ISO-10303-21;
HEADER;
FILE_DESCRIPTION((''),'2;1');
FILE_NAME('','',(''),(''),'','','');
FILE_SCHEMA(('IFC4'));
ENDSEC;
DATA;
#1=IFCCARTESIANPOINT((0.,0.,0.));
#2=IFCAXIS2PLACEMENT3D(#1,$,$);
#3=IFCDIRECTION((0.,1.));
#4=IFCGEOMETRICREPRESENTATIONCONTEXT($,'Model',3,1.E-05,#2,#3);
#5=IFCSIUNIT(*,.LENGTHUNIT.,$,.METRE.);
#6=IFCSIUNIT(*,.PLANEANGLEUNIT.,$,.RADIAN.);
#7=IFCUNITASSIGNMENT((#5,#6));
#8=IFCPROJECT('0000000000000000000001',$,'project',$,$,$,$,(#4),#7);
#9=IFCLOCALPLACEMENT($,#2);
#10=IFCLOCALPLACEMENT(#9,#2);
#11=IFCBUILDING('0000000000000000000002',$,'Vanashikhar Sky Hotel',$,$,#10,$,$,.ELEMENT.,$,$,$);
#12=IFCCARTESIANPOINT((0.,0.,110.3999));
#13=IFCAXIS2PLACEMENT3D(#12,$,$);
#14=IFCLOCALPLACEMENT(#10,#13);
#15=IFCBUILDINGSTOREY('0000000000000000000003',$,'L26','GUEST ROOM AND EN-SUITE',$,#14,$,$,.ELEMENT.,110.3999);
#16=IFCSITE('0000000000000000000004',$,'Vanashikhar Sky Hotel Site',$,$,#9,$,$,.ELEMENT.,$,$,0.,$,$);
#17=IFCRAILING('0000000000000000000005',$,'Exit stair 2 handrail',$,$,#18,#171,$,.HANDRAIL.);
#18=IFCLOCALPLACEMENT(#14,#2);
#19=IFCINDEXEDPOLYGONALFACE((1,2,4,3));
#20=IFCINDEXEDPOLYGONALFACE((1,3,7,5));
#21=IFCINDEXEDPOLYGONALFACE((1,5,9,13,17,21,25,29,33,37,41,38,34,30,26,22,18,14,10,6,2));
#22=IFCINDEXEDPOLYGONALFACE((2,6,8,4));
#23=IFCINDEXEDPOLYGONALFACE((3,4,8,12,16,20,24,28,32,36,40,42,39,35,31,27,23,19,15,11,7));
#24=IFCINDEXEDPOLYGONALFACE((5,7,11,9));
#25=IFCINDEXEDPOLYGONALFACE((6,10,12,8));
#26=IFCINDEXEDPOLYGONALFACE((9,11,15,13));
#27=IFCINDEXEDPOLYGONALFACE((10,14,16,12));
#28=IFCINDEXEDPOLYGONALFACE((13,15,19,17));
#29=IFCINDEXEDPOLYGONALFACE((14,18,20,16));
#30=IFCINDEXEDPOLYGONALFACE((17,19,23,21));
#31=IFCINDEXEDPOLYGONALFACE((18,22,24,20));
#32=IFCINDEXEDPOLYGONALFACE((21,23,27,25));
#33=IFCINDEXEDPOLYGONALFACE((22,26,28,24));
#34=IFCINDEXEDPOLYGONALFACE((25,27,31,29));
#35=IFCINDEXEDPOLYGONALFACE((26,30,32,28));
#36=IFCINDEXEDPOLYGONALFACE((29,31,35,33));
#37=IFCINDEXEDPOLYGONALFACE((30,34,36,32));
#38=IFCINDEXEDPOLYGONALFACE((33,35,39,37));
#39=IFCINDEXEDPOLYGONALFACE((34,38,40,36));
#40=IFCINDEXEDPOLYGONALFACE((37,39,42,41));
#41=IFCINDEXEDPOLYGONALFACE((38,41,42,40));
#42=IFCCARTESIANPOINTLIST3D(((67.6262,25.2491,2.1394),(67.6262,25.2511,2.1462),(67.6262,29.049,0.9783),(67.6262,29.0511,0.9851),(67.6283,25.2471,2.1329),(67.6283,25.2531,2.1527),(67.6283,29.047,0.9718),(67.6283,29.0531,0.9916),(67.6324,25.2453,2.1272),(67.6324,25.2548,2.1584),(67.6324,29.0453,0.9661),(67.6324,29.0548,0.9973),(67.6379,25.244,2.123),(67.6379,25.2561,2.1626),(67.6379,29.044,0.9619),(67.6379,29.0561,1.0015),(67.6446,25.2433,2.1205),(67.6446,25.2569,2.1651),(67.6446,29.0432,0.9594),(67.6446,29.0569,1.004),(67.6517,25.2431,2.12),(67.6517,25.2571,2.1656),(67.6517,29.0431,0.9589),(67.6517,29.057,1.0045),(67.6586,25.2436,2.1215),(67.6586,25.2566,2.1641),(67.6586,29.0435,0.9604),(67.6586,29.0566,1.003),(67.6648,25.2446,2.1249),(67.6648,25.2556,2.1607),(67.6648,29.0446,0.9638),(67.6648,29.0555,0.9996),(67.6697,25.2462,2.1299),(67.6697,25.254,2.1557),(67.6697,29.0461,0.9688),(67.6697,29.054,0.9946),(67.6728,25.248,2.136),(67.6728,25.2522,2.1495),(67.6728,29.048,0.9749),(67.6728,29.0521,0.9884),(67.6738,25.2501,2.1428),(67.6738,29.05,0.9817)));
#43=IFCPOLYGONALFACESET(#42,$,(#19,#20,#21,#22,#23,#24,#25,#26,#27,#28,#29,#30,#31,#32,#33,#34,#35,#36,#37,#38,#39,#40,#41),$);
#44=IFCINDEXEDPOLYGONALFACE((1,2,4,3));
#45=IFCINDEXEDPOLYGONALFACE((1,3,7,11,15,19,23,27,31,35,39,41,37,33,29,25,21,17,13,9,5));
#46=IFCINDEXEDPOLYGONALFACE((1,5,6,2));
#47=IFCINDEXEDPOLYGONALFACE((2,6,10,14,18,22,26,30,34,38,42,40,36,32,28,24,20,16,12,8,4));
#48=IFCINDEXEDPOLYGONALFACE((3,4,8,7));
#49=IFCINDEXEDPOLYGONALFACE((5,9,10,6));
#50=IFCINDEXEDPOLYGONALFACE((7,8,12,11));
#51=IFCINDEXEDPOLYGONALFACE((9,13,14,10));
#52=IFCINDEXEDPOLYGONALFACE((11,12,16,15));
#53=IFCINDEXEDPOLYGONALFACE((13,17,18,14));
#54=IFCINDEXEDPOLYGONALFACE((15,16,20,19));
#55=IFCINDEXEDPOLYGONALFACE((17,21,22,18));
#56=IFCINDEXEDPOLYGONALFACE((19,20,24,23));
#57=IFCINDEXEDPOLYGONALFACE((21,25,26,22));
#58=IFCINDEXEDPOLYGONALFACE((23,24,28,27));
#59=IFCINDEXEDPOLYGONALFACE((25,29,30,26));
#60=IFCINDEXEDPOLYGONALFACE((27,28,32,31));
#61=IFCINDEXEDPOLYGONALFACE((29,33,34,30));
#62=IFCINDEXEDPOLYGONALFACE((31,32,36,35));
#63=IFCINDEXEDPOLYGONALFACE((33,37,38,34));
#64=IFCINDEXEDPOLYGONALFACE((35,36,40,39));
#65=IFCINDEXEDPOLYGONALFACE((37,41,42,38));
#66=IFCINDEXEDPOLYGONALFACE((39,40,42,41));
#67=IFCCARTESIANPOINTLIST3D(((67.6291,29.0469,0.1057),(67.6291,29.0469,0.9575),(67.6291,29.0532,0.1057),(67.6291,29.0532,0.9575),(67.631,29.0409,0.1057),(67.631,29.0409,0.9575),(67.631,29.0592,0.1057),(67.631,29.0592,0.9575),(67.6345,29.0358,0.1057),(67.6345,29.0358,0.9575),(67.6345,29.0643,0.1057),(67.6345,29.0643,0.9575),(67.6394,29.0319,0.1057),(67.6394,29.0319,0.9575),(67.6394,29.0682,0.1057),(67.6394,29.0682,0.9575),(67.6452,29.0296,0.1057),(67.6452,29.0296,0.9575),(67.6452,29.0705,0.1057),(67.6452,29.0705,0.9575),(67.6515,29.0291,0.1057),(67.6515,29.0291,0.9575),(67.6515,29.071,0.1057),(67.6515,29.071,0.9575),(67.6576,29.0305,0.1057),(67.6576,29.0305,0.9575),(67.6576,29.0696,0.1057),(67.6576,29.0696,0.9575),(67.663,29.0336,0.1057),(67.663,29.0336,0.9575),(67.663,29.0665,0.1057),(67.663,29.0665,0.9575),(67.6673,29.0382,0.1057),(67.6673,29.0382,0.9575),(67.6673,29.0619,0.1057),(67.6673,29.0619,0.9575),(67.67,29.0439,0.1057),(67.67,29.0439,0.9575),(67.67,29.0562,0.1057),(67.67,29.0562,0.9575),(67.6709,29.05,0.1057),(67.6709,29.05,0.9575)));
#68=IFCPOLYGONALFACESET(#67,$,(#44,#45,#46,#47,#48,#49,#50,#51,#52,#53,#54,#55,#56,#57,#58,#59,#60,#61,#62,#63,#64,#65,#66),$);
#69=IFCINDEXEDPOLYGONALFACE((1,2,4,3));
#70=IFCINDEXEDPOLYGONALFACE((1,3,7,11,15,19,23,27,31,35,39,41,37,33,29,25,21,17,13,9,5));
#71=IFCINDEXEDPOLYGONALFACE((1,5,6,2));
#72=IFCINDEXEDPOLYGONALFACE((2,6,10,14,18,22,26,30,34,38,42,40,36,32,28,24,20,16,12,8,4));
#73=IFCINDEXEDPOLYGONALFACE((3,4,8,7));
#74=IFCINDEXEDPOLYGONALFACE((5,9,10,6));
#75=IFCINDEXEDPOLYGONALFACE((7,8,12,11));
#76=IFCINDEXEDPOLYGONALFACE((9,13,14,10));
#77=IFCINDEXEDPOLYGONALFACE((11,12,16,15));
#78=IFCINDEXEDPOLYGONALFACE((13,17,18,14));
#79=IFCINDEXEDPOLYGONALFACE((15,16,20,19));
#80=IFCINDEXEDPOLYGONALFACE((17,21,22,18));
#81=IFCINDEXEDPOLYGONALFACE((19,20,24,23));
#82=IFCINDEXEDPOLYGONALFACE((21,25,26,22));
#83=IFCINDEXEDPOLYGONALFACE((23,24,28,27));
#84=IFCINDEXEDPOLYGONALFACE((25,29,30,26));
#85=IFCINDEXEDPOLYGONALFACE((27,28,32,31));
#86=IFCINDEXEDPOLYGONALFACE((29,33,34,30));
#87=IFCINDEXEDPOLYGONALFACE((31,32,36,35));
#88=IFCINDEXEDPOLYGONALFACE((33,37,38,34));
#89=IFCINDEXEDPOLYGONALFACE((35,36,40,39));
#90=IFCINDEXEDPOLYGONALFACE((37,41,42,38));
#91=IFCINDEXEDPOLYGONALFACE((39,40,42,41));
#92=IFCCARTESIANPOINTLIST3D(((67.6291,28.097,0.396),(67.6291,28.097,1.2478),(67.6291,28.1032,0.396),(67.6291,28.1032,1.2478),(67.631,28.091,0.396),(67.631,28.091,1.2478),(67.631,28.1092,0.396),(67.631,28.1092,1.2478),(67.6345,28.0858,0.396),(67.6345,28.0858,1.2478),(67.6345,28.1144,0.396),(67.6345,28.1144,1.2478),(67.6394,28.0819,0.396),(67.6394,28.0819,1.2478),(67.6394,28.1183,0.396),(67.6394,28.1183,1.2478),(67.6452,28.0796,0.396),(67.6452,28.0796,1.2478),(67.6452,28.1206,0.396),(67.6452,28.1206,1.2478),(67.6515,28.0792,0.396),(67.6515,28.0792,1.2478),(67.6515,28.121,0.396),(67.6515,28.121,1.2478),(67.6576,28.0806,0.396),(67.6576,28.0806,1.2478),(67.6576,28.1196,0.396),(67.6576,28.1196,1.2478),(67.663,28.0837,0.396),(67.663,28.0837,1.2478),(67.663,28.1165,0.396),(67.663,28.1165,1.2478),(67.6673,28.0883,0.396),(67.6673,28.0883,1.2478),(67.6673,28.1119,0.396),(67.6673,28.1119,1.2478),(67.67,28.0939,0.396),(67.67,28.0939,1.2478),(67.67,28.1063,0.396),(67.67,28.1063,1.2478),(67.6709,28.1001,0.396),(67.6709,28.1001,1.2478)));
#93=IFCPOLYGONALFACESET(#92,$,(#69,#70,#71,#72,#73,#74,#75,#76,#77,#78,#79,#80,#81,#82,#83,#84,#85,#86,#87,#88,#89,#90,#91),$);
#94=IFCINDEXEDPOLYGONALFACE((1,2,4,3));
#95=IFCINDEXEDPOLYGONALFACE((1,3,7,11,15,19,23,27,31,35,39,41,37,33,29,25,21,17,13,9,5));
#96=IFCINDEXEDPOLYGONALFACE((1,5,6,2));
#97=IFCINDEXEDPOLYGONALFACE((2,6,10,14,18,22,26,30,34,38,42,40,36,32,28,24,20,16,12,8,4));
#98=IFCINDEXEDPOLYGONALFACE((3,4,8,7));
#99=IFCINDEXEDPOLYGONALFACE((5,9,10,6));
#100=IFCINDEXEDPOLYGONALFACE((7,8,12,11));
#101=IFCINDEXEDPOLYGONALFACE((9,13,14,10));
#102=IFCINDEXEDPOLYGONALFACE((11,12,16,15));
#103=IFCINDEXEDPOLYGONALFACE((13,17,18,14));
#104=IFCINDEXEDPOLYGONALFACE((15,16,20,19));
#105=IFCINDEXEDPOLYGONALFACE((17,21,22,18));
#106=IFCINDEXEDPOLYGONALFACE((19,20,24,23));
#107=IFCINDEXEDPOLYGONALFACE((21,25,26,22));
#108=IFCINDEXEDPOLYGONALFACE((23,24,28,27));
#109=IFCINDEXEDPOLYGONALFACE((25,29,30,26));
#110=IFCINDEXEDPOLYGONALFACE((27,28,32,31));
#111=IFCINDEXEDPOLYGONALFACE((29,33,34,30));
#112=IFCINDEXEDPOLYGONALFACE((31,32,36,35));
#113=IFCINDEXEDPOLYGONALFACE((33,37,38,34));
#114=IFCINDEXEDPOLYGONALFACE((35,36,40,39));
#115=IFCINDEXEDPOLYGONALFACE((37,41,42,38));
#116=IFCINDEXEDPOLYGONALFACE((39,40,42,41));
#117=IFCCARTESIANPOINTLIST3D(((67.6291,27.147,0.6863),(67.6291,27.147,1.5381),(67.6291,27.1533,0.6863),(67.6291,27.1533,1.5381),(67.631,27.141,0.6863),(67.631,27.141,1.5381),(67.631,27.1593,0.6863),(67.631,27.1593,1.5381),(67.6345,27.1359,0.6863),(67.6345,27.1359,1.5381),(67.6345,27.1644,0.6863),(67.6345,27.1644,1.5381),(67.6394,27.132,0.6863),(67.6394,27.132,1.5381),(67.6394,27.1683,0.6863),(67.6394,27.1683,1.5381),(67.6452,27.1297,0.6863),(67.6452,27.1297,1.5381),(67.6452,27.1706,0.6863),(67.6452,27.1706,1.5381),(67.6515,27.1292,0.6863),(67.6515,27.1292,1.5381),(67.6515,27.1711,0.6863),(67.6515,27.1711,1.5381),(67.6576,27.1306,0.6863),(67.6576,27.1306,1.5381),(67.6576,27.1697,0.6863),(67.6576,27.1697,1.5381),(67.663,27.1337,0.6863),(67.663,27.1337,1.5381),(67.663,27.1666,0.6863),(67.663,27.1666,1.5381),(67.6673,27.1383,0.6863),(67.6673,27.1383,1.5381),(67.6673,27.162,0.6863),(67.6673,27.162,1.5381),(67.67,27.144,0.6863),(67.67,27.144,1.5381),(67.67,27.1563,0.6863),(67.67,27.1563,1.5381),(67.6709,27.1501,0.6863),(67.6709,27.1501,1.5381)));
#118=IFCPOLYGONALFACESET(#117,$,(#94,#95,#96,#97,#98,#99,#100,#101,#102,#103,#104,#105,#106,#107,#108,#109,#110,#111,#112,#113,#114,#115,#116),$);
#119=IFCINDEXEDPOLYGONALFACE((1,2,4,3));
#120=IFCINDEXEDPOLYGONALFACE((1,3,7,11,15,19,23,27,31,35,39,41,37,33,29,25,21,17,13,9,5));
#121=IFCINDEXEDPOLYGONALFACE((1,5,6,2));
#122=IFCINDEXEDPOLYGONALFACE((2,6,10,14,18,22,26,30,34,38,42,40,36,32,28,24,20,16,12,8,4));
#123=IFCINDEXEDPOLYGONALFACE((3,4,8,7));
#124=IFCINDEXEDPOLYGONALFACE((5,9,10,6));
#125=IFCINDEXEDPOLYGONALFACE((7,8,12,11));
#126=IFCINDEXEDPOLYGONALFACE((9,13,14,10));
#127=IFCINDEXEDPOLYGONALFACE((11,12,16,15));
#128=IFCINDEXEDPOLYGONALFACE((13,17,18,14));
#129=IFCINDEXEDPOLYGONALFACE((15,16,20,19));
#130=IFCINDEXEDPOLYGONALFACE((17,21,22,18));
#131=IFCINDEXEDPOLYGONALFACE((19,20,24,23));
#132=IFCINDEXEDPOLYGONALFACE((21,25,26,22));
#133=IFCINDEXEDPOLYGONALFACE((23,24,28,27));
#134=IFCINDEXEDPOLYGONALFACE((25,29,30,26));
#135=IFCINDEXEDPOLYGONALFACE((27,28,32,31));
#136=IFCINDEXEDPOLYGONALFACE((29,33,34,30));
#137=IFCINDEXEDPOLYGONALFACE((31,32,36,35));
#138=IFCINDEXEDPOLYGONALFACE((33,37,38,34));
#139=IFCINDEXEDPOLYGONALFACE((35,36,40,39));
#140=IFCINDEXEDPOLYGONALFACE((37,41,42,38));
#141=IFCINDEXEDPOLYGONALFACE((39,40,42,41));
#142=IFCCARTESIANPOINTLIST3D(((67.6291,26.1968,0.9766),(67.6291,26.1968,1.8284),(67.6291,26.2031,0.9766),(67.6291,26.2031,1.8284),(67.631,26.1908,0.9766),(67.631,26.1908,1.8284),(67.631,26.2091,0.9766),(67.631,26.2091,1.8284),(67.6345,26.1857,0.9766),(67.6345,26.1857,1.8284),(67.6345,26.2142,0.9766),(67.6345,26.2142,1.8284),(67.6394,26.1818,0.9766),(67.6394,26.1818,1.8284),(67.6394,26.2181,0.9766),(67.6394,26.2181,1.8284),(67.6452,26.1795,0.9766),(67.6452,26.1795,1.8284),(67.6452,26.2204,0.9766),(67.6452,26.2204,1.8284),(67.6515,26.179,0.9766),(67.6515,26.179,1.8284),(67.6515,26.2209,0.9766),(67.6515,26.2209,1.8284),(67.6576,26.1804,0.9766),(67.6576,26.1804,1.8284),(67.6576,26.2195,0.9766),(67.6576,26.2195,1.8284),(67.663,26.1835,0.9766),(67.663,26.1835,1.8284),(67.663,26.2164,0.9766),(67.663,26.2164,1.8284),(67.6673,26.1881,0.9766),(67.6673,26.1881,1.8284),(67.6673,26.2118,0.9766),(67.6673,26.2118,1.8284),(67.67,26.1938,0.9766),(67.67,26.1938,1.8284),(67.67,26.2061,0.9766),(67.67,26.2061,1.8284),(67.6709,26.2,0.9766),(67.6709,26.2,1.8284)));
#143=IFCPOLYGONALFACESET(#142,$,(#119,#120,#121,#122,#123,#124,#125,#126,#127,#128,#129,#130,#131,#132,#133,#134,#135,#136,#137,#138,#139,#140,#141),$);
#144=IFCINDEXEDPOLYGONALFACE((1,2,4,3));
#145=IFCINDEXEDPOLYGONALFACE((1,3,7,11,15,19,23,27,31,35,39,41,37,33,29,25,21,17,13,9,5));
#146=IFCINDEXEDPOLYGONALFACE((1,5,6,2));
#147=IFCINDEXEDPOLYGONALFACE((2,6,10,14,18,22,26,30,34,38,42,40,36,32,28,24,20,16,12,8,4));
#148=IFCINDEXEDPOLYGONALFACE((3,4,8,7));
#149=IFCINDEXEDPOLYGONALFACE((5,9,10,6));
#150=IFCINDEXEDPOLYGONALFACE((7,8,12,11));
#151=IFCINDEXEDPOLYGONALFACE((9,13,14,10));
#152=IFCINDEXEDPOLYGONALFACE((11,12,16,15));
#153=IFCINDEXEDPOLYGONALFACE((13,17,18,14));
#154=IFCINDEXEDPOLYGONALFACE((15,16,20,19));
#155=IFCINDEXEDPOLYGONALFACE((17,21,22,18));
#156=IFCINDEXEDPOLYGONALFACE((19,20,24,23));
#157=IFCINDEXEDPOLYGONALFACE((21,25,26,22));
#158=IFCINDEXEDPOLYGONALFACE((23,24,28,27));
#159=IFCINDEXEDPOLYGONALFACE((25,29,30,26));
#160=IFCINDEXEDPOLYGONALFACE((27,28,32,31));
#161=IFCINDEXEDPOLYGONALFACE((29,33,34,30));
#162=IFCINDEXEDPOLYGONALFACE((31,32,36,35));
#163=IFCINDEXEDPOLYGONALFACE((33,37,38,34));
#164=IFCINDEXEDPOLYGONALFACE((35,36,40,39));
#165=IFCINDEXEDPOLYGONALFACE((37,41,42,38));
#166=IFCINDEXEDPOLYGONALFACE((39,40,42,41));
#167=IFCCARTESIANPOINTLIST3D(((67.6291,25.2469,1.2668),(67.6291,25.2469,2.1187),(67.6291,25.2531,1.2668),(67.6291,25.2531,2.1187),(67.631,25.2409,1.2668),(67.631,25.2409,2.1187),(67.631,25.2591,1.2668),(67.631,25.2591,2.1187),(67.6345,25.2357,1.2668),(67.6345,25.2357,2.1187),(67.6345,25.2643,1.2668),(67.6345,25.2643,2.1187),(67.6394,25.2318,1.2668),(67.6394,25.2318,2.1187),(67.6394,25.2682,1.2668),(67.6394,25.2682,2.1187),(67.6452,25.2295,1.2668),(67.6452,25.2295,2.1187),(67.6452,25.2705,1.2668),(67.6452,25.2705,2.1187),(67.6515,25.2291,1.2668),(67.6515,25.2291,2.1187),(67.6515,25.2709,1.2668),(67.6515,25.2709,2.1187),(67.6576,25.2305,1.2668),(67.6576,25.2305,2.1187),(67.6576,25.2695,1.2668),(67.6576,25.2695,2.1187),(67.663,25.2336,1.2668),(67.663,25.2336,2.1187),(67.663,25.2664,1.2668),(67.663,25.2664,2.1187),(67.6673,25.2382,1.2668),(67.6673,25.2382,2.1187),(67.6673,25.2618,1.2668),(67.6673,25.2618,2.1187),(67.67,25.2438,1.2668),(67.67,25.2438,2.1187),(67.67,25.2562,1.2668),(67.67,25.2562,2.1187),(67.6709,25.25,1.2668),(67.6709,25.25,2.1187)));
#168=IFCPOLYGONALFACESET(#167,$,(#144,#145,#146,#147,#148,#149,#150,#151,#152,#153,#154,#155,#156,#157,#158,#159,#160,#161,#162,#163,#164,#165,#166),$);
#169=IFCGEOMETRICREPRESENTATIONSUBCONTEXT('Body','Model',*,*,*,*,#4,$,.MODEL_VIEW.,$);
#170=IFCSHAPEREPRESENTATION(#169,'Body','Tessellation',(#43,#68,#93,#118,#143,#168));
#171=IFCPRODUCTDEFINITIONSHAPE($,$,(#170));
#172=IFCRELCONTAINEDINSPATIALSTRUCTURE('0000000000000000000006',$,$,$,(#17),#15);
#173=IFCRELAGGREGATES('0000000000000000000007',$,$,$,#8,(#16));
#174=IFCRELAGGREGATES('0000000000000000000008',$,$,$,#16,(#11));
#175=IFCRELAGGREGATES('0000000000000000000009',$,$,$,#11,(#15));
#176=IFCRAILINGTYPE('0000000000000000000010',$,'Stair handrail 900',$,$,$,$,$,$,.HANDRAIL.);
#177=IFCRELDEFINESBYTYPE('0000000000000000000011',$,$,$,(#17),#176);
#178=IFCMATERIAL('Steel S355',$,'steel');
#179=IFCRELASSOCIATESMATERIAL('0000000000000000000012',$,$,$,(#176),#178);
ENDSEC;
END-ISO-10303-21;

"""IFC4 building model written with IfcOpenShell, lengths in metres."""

from ifc_helpers import new_model, si_unit, direction, frame, origin, origin_2d, place, context, subcontext, project, spatial, circle, extrude, source, transform, mapped, material, type_object, element, save


model = new_model("IFC4")

# Units and contexts
model_context = context("Model", 3, precision=1e-05, world=origin(), true_north=direction((0.0, 1.0)))
body_context = subcontext(model_context, "Body", "Model", "MODEL_VIEW")
ifc_project = project(units=[si_unit("LENGTHUNIT", "METRE"), si_unit("PLANEANGLEUNIT", "RADIAN")], contexts=[model_context])

# Site, building, storey
site_placement = place(None, origin())
site = spatial("IfcSite", under=ifc_project, at=site_placement, Name="Vanashikhar Sky Hotel Site", CompositionType="ELEMENT", RefElevation=0.0)
building_placement = place(site_placement, origin())
building = spatial("IfcBuilding", under=site, at=building_placement, Name="Vanashikhar Sky Hotel", CompositionType="ELEMENT")
storey_placement = place(building_placement, frame((0.0, 0.0, 110.3999)))
storey = spatial("IfcBuildingStorey", under=building, at=storey_placement, Name="L26", Description="GUEST ROOM AND EN-SUITE", CompositionType="ELEMENT", Elevation=110.3999)

# Railing
ifc_material_1 = material(Name="Steel S355", Category="steel")
railing_type_1 = type_object("IfcRailingType", Name="Stair handrail 900", PredefinedType="HANDRAIL", material=ifc_material_1)
shared_shape_1 = source(origin(), body_context, "Body", "SweptSolid", [
    extrude(circle(Radius=0.0239, at=origin_2d()), frame((0.0, 0.0, 0.876), z_axis=(0.0, -0.956351, 0.29222), x_axis=(1.0, 0.0, 0.0)), (0.0, 0.0, 1.0), 3.9734),
    extrude(circle(Radius=0.021, at=origin_2d()), origin(), (0.0, 0.0, 1.0), 0.8518),
    extrude(circle(Radius=0.021, at=origin_2d()), frame((0.0, -0.95, 0.2903)), (0.0, 0.0, 1.0), 0.8518),
    extrude(circle(Radius=0.021, at=origin_2d()), frame((0.0, -1.8999, 0.5806)), (0.0, 0.0, 1.0), 0.8518),
    extrude(circle(Radius=0.021, at=origin_2d()), frame((0.0, -2.8501, 0.8708)), (0.0, 0.0, 1.0), 0.8518),
    extrude(circle(Radius=0.021, at=origin_2d()), frame((0.0, -3.8, 1.1611)), (0.0, 0.0, 1.0), 0.8518),
])
for number, where, name in (
    (1, (67.6499, 29.05, 0.1057), "Exit stair 2 handrail"),
):
    element("IfcRailing", number, at=place(storey_placement, frame(where)), inside=storey, type_object=railing_type_1, Name=name, PredefinedType="HANDRAIL", context=body_context, shape_type="MappedRepresentation", body=[
        mapped(shared_shape_1, transform((0.0, 0.0, 0.0), scale=1.0)),
    ])

save(model, "model.ifc")
